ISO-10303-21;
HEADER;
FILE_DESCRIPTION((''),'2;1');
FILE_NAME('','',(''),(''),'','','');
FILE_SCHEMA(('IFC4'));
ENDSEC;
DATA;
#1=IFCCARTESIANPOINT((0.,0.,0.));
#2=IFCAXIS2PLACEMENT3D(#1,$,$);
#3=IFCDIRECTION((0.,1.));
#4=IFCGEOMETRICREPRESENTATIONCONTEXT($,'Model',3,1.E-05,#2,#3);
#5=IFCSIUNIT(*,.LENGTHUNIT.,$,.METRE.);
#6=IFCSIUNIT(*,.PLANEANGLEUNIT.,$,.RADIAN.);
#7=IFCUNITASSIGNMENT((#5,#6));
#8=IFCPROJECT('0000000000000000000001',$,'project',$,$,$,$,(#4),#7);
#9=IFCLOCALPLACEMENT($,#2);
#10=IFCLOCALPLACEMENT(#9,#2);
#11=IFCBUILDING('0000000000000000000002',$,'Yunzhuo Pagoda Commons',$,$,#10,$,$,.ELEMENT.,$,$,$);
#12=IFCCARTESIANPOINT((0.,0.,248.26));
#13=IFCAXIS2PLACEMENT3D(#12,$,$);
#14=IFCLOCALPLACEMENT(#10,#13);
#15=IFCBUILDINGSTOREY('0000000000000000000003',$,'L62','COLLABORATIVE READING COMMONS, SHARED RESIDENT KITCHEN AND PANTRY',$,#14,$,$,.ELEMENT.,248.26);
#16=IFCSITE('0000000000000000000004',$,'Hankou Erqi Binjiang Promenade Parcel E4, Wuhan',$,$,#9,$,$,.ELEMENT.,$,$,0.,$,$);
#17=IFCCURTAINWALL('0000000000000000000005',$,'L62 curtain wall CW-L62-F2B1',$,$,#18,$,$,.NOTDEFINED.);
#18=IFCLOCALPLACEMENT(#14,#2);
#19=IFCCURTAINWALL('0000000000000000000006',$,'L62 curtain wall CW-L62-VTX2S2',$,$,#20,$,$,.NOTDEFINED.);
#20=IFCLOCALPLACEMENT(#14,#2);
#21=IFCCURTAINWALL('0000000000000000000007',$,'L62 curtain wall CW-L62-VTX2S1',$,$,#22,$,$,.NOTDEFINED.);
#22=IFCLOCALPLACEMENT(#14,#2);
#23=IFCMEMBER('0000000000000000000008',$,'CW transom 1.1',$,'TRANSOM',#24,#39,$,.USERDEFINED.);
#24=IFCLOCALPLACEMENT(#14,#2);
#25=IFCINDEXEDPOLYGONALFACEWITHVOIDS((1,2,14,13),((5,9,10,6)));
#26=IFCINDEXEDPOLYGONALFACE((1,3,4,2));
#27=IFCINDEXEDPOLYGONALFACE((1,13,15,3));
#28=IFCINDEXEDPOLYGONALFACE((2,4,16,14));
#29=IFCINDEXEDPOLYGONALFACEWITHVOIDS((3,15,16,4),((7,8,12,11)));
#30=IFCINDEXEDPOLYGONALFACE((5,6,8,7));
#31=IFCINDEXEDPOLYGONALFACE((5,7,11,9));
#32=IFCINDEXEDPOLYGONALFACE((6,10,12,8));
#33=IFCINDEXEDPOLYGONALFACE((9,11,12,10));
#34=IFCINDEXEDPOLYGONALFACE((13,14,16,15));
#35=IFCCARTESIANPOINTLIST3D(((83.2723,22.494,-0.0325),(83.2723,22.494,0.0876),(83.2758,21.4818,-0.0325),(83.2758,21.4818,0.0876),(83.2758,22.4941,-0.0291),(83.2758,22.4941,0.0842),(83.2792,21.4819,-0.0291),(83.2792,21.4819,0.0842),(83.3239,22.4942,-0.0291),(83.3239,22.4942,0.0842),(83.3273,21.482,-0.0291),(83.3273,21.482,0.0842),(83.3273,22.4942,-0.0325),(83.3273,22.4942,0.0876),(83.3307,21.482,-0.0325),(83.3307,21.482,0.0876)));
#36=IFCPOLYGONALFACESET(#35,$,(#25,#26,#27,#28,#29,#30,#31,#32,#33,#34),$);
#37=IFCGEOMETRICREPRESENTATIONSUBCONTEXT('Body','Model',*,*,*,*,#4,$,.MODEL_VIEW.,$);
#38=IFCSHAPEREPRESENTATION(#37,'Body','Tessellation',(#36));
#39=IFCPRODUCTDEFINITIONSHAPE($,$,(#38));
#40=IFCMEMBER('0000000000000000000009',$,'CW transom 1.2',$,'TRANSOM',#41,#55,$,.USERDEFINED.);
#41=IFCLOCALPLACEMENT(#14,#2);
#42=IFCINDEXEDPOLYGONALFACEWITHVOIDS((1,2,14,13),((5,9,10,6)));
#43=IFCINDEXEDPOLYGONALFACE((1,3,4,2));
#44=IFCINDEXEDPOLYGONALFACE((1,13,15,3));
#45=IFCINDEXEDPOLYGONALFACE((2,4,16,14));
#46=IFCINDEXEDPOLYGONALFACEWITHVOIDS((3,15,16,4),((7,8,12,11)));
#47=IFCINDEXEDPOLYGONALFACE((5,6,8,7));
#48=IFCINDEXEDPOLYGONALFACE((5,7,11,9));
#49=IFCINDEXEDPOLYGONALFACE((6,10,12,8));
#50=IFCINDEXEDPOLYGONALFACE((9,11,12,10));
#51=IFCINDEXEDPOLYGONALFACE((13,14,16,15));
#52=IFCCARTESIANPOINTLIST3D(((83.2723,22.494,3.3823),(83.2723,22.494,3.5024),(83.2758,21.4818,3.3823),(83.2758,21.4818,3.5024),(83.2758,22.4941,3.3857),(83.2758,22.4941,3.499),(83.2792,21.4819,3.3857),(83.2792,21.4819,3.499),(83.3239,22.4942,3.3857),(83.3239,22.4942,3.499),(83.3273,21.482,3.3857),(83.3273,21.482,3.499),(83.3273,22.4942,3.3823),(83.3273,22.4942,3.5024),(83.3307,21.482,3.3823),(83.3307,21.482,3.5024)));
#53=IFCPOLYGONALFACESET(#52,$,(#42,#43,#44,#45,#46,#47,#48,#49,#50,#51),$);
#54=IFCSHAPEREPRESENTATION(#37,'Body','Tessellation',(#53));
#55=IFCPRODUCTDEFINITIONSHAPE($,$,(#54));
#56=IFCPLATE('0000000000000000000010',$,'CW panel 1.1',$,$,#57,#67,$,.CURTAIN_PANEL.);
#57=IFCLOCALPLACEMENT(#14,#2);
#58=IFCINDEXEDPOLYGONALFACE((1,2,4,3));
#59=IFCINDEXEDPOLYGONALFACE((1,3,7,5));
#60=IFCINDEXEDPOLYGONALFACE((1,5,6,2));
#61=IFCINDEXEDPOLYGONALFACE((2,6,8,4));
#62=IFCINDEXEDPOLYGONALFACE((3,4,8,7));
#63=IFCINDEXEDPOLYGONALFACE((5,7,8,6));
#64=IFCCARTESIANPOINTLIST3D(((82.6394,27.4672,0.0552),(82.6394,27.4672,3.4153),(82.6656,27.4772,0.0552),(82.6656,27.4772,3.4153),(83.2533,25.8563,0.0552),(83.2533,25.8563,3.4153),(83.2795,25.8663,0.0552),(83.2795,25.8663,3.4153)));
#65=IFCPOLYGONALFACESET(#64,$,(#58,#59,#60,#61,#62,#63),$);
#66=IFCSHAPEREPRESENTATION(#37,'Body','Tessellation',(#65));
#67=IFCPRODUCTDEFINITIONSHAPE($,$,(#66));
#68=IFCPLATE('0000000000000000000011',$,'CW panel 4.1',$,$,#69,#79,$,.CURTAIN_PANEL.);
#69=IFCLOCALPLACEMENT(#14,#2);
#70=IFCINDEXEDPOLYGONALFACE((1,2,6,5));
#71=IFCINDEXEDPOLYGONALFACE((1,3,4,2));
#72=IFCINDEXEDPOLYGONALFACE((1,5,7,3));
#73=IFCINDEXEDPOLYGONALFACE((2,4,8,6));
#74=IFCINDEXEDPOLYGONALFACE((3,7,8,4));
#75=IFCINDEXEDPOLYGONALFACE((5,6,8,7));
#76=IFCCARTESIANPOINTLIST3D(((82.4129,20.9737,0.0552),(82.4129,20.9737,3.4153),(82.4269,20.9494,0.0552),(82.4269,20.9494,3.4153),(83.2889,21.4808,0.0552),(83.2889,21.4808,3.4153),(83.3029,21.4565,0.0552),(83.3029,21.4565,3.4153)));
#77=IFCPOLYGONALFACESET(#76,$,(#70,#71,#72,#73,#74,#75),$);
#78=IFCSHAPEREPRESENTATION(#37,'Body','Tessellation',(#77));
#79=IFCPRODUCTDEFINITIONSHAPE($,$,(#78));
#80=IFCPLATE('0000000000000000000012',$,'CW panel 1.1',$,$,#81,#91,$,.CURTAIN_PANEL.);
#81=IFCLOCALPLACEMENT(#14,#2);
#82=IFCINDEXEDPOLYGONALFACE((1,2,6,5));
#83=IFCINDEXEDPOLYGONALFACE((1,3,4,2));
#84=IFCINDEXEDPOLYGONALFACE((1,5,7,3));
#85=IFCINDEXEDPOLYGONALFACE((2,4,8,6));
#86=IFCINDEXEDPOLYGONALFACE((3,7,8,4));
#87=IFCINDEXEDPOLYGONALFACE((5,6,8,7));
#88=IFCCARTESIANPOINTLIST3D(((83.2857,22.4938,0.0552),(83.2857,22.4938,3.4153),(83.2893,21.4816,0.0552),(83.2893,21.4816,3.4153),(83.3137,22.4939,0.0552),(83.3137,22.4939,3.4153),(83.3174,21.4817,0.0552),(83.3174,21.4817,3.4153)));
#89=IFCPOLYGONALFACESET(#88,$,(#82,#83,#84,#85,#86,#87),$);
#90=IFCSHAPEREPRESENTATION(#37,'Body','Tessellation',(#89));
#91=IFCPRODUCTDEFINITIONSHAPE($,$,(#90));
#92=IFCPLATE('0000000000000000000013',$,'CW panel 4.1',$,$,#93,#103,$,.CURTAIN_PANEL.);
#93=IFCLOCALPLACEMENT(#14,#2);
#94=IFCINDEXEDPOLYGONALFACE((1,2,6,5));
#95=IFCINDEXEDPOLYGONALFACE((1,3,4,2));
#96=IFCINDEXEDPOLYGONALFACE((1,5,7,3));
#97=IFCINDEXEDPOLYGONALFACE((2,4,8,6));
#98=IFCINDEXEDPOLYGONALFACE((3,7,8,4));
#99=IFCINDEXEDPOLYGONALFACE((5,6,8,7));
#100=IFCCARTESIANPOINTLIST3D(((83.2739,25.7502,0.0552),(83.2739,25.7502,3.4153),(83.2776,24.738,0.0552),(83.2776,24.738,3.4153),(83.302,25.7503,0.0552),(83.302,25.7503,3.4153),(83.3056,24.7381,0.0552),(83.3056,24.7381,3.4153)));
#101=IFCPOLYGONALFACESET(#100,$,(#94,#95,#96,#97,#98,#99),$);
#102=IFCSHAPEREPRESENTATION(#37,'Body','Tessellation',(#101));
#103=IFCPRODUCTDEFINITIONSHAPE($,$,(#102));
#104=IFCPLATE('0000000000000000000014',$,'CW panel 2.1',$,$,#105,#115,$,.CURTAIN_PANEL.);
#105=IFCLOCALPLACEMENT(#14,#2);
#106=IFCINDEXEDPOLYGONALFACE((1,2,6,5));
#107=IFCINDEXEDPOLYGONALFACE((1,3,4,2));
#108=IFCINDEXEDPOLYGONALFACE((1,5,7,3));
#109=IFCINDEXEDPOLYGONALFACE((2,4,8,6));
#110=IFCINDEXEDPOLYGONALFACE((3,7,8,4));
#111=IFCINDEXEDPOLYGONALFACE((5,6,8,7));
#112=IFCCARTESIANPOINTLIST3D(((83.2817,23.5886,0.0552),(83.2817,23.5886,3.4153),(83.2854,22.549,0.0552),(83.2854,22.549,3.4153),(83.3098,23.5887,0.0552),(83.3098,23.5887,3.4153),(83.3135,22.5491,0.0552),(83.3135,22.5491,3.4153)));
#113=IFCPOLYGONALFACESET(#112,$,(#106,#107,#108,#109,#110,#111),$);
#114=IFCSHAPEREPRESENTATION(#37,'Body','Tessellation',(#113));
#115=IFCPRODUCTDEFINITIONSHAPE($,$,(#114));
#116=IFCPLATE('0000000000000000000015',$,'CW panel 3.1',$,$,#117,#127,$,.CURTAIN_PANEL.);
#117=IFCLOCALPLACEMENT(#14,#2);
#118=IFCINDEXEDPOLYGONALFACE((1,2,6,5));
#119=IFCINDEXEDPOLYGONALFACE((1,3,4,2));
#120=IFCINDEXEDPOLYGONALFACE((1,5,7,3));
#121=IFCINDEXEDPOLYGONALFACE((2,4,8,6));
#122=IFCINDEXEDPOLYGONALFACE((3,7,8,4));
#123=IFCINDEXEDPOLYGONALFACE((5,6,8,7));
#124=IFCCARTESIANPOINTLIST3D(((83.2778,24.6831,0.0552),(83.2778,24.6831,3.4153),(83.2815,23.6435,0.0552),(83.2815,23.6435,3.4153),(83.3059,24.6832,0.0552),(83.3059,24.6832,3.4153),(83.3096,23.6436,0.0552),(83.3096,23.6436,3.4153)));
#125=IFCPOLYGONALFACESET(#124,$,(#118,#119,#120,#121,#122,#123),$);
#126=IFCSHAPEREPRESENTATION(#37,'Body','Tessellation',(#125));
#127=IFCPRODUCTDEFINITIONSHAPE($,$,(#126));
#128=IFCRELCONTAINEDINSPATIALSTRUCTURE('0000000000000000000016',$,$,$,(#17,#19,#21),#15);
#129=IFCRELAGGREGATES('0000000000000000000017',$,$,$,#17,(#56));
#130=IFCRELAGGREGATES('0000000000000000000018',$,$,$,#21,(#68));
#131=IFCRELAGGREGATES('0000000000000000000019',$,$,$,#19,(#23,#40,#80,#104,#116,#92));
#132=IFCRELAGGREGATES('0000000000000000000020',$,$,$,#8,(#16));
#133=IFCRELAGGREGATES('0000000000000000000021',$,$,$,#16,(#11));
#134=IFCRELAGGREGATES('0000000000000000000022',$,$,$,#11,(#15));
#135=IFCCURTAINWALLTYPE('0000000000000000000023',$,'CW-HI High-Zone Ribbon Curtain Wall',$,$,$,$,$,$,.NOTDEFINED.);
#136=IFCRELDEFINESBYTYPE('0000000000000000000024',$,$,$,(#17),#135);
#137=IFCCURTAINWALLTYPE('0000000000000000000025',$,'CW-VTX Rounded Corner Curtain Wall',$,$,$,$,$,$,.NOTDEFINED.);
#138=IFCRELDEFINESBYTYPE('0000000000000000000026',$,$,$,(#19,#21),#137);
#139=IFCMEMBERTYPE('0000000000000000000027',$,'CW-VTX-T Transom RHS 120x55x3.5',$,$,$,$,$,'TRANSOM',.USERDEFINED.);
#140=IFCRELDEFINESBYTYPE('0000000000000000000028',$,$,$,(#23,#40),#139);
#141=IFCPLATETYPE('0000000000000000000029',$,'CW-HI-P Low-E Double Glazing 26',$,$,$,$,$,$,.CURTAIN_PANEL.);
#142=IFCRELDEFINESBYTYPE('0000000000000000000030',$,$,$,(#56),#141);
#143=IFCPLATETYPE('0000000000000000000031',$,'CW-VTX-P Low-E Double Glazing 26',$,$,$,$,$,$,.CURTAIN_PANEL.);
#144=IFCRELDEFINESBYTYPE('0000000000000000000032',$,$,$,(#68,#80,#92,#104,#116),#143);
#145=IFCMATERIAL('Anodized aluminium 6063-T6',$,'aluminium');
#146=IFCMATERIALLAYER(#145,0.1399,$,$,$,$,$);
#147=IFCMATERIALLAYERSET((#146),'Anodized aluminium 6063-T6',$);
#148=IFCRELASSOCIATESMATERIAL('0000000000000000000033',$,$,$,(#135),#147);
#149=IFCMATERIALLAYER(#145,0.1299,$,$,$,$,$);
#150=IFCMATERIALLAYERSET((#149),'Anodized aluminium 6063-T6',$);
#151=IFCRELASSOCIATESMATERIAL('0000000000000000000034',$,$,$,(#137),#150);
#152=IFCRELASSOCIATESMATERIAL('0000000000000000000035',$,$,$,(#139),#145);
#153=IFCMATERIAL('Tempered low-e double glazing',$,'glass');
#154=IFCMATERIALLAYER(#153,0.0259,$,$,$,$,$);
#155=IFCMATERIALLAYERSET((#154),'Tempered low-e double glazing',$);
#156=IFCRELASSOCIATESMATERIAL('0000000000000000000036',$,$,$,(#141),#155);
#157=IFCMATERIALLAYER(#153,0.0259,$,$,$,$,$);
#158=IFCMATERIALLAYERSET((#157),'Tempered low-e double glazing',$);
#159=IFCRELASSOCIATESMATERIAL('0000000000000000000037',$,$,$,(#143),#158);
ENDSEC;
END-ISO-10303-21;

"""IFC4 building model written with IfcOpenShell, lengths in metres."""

from ifc_helpers import new_model, si_unit, direction, frame, origin, origin_2d, place, context, subcontext, project, spatial, rectangle, hollow_rectangle, extrude, source, transform, mapped, material, layer, layer_set, material_profile, profile_set, type_object, element, aggregate, save


model = new_model("IFC4")

# Units and contexts
model_context = context("Model", 3, precision=1e-05, world=origin(), true_north=direction((0.0, 1.0)))
body_context = subcontext(model_context, "Body", "Model", "MODEL_VIEW")
ifc_project = project(units=[si_unit("LENGTHUNIT", "METRE"), si_unit("PLANEANGLEUNIT", "RADIAN")], contexts=[model_context])

# Site, building, storey
site_placement = place(None, origin())
site = spatial("IfcSite", under=ifc_project, at=site_placement, Name="Hankou Erqi Binjiang Promenade Parcel E4, Wuhan", CompositionType="ELEMENT", RefElevation=0.0)
building_placement = place(site_placement, origin())
building = spatial("IfcBuilding", under=site, at=building_placement, Name="Yunzhuo Pagoda Commons", CompositionType="ELEMENT")
storey_placement = place(building_placement, frame((0.0, 0.0, 248.26)))
storey = spatial("IfcBuildingStorey", under=building, at=storey_placement, Name="L62", Description="COLLABORATIVE READING COMMONS, SHARED RESIDENT KITCHEN AND PANTRY", CompositionType="ELEMENT", Elevation=248.26)

# Shared definitions
ifc_material_1 = material(Name="Anodized aluminium 6063-T6", Category="aluminium")
ifc_layer_1 = layer(ifc_material_1, 0.1399)
ifc_layer_set_1 = layer_set([ifc_layer_1], Name="Anodized aluminium 6063-T6")
curtain_wall_type_1 = type_object("IfcCurtainWallType", Name="CW-HI High-Zone Ribbon Curtain Wall", PredefinedType="NOTDEFINED", material=ifc_layer_set_1)

# Curtain wall
curtain_wall_1_placement = place(storey_placement, origin())
curtain_wall_1 = element("IfcCurtainWall", 1, at=curtain_wall_1_placement, inside=storey, type_object=curtain_wall_type_1, Name="L62 curtain wall CW-L62-F2B1", PredefinedType="NOTDEFINED")

# Curtain wall
ifc_layer_2 = layer(ifc_material_1, 0.1299)
ifc_layer_set_2 = layer_set([ifc_layer_2], Name="Anodized aluminium 6063-T6")
curtain_wall_type_2 = type_object("IfcCurtainWallType", Name="CW-VTX Rounded Corner Curtain Wall", PredefinedType="NOTDEFINED", material=ifc_layer_set_2)
curtain_wall_2_placement = place(storey_placement, origin())
curtain_wall_2 = element("IfcCurtainWall", 2, at=curtain_wall_2_placement, inside=storey, type_object=curtain_wall_type_2, Name="L62 curtain wall CW-L62-VTX2S2", PredefinedType="NOTDEFINED")
ifc_material_profile_1 = material_profile(ifc_material_1, hollow_rectangle(XDim=0.0549, YDim=0.1201, WallThickness=0.0034, at=origin_2d()), Name="Anodized aluminium 6063-T6")
ifc_profile_set_1 = profile_set([ifc_material_profile_1], Name="Anodized aluminium 6063-T6")
member_type_1 = type_object("IfcMemberType", Name="CW-VTX-T Transom RHS 120x55x3.5", ElementType="TRANSOM", PredefinedType="USERDEFINED", material=ifc_profile_set_1)

# Curtain wall
curtain_wall_3_placement = place(storey_placement, origin())
curtain_wall_3 = element("IfcCurtainWall", 3, at=curtain_wall_3_placement, inside=storey, type_object=curtain_wall_type_2, Name="L62 curtain wall CW-L62-VTX2S1", PredefinedType="NOTDEFINED")
shared_shape_1 = source(origin(), body_context, "Body", "SweptSolid", [
    extrude(hollow_rectangle(XDim=0.0549, YDim=0.1201, WallThickness=0.0034, at=origin_2d()), origin(), (0.0, 0.0, 1.0), 1.0122),
])

# Members
member_1_placement = place(storey_placement, frame((83.3032, 21.4819, 0.0276), z_axis=(-0.003377, 0.999994, 0.0), x_axis=(-0.999994, -0.003377, 0.0)))
member_1 = element("IfcMember", 4, at=member_1_placement, type_object=member_type_1, Name="CW transom 1.1", ObjectType="TRANSOM", PredefinedType="USERDEFINED", context=body_context, shape_type="MappedRepresentation", body=[
    mapped(shared_shape_1, transform((0.0, 0.0, 0.0), scale=1.0)),
])
member_2_placement = place(storey_placement, frame((83.3032, 21.4819, 3.4424), z_axis=(-0.003377, 0.999994, 0.0), x_axis=(-0.999994, -0.003377, 0.0)))
member_2 = element("IfcMember", 5, at=member_2_placement, type_object=member_type_1, Name="CW transom 1.2", ObjectType="TRANSOM", PredefinedType="USERDEFINED", context=body_context, shape_type="MappedRepresentation", body=[
    mapped(shared_shape_1, transform((0.0, 0.0, 0.0), scale=1.0)),
])

# Plates
ifc_material_2 = material(Name="Tempered low-e double glazing", Category="glass")
ifc_layer_3 = layer(ifc_material_2, 0.0259)
ifc_layer_set_3 = layer_set([ifc_layer_3], Name="Tempered low-e double glazing")
plate_type_1 = type_object("IfcPlateType", Name="CW-HI-P Low-E Double Glazing 26", PredefinedType="CURTAIN_PANEL", material=ifc_layer_set_3)
shared_shape_2 = source(origin(), body_context, "Body", "SweptSolid", [
    extrude(rectangle(XDim=1.7239, YDim=0.0281, at=origin_2d()), origin(), (0.0, 0.0, 1.0), 3.3601),
])
plate_1_placement = place(storey_placement, frame((82.9595, 26.6667, 0.0552), z_axis=(0.0, 0.0, 1.0), x_axis=(-0.356117, 0.934441, 0.0)))
plate_1 = element("IfcPlate", 6, at=plate_1_placement, type_object=plate_type_1, Name="CW panel 1.1", PredefinedType="CURTAIN_PANEL", context=body_context, shape_type="MappedRepresentation", body=[
    mapped(shared_shape_2, transform((0.0, 0.0, 0.0), scale=1.0)),
])
aggregate(curtain_wall_1, [plate_1])
ifc_layer_4 = layer(ifc_material_2, 0.0259)
ifc_layer_set_4 = layer_set([ifc_layer_4], Name="Tempered low-e double glazing")
plate_type_2 = type_object("IfcPlateType", Name="CW-VTX-P Low-E Double Glazing 26", PredefinedType="CURTAIN_PANEL", material=ifc_layer_set_4)
shared_shape_3 = source(origin(), body_context, "Body", "SweptSolid", [
    extrude(rectangle(XDim=1.0122, YDim=0.0281, at=origin_2d()), origin(), (0.0, 0.0, 1.0), 3.3601),
])
plate_2_placement = place(storey_placement, frame((82.8579, 21.2151, 0.0552), z_axis=(0.0, 0.0, 1.0), x_axis=(0.865427, 0.501035, 0.0)))
plate_2 = element("IfcPlate", 7, at=plate_2_placement, type_object=plate_type_2, Name="CW panel 4.1", PredefinedType="CURTAIN_PANEL", context=body_context, shape_type="MappedRepresentation", body=[
    mapped(shared_shape_3, transform((0.0, 0.0, 0.0), scale=1.0)),
])
aggregate(curtain_wall_3, [plate_2])
plate_3_placement = place(storey_placement, frame((83.3015, 21.9878, 0.0552), z_axis=(0.0, 0.0, 1.0), x_axis=(-0.003586, 0.999994, 0.0)))
plate_3 = element("IfcPlate", 8, at=plate_3_placement, type_object=plate_type_2, Name="CW panel 1.1", PredefinedType="CURTAIN_PANEL", context=body_context, shape_type="MappedRepresentation", body=[
    mapped(shared_shape_3, transform((0.0, 0.0, 0.0), scale=1.0)),
])
plate_4_placement = place(storey_placement, frame((83.2898, 25.2441, 0.0552), z_axis=(0.0, 0.0, 1.0), x_axis=(-0.003586, 0.999994, 0.0)))
plate_4 = element("IfcPlate", 9, at=plate_4_placement, type_object=plate_type_2, Name="CW panel 4.1", PredefinedType="CURTAIN_PANEL", context=body_context, shape_type="MappedRepresentation", body=[
    mapped(shared_shape_3, transform((0.0, 0.0, 0.0), scale=1.0)),
])
shared_shape_4 = source(origin(), body_context, "Body", "SweptSolid", [
    extrude(rectangle(XDim=1.0396, YDim=0.0281, at=origin_2d()), origin(), (0.0, 0.0, 1.0), 3.3601),
])
plate_5_placement = place(storey_placement, frame((83.2976, 23.0688, 0.0552), z_axis=(0.0, 0.0, 1.0), x_axis=(-0.003586, 0.999994, 0.0)))
plate_5 = element("IfcPlate", 10, at=plate_5_placement, type_object=plate_type_2, Name="CW panel 2.1", PredefinedType="CURTAIN_PANEL", context=body_context, shape_type="MappedRepresentation", body=[
    mapped(shared_shape_4, transform((0.0, 0.0, 0.0), scale=1.0)),
])
plate_6_placement = place(storey_placement, frame((83.2937, 24.1633, 0.0552), z_axis=(0.0, 0.0, 1.0), x_axis=(-0.003586, 0.999994, 0.0)))
plate_6 = element("IfcPlate", 11, at=plate_6_placement, type_object=plate_type_2, Name="CW panel 3.1", PredefinedType="CURTAIN_PANEL", context=body_context, shape_type="MappedRepresentation", body=[
    mapped(shared_shape_4, transform((0.0, 0.0, 0.0), scale=1.0)),
])
aggregate(curtain_wall_2, [member_1, member_2, plate_3, plate_5, plate_6, plate_4])

save(model, "model.ifc")
